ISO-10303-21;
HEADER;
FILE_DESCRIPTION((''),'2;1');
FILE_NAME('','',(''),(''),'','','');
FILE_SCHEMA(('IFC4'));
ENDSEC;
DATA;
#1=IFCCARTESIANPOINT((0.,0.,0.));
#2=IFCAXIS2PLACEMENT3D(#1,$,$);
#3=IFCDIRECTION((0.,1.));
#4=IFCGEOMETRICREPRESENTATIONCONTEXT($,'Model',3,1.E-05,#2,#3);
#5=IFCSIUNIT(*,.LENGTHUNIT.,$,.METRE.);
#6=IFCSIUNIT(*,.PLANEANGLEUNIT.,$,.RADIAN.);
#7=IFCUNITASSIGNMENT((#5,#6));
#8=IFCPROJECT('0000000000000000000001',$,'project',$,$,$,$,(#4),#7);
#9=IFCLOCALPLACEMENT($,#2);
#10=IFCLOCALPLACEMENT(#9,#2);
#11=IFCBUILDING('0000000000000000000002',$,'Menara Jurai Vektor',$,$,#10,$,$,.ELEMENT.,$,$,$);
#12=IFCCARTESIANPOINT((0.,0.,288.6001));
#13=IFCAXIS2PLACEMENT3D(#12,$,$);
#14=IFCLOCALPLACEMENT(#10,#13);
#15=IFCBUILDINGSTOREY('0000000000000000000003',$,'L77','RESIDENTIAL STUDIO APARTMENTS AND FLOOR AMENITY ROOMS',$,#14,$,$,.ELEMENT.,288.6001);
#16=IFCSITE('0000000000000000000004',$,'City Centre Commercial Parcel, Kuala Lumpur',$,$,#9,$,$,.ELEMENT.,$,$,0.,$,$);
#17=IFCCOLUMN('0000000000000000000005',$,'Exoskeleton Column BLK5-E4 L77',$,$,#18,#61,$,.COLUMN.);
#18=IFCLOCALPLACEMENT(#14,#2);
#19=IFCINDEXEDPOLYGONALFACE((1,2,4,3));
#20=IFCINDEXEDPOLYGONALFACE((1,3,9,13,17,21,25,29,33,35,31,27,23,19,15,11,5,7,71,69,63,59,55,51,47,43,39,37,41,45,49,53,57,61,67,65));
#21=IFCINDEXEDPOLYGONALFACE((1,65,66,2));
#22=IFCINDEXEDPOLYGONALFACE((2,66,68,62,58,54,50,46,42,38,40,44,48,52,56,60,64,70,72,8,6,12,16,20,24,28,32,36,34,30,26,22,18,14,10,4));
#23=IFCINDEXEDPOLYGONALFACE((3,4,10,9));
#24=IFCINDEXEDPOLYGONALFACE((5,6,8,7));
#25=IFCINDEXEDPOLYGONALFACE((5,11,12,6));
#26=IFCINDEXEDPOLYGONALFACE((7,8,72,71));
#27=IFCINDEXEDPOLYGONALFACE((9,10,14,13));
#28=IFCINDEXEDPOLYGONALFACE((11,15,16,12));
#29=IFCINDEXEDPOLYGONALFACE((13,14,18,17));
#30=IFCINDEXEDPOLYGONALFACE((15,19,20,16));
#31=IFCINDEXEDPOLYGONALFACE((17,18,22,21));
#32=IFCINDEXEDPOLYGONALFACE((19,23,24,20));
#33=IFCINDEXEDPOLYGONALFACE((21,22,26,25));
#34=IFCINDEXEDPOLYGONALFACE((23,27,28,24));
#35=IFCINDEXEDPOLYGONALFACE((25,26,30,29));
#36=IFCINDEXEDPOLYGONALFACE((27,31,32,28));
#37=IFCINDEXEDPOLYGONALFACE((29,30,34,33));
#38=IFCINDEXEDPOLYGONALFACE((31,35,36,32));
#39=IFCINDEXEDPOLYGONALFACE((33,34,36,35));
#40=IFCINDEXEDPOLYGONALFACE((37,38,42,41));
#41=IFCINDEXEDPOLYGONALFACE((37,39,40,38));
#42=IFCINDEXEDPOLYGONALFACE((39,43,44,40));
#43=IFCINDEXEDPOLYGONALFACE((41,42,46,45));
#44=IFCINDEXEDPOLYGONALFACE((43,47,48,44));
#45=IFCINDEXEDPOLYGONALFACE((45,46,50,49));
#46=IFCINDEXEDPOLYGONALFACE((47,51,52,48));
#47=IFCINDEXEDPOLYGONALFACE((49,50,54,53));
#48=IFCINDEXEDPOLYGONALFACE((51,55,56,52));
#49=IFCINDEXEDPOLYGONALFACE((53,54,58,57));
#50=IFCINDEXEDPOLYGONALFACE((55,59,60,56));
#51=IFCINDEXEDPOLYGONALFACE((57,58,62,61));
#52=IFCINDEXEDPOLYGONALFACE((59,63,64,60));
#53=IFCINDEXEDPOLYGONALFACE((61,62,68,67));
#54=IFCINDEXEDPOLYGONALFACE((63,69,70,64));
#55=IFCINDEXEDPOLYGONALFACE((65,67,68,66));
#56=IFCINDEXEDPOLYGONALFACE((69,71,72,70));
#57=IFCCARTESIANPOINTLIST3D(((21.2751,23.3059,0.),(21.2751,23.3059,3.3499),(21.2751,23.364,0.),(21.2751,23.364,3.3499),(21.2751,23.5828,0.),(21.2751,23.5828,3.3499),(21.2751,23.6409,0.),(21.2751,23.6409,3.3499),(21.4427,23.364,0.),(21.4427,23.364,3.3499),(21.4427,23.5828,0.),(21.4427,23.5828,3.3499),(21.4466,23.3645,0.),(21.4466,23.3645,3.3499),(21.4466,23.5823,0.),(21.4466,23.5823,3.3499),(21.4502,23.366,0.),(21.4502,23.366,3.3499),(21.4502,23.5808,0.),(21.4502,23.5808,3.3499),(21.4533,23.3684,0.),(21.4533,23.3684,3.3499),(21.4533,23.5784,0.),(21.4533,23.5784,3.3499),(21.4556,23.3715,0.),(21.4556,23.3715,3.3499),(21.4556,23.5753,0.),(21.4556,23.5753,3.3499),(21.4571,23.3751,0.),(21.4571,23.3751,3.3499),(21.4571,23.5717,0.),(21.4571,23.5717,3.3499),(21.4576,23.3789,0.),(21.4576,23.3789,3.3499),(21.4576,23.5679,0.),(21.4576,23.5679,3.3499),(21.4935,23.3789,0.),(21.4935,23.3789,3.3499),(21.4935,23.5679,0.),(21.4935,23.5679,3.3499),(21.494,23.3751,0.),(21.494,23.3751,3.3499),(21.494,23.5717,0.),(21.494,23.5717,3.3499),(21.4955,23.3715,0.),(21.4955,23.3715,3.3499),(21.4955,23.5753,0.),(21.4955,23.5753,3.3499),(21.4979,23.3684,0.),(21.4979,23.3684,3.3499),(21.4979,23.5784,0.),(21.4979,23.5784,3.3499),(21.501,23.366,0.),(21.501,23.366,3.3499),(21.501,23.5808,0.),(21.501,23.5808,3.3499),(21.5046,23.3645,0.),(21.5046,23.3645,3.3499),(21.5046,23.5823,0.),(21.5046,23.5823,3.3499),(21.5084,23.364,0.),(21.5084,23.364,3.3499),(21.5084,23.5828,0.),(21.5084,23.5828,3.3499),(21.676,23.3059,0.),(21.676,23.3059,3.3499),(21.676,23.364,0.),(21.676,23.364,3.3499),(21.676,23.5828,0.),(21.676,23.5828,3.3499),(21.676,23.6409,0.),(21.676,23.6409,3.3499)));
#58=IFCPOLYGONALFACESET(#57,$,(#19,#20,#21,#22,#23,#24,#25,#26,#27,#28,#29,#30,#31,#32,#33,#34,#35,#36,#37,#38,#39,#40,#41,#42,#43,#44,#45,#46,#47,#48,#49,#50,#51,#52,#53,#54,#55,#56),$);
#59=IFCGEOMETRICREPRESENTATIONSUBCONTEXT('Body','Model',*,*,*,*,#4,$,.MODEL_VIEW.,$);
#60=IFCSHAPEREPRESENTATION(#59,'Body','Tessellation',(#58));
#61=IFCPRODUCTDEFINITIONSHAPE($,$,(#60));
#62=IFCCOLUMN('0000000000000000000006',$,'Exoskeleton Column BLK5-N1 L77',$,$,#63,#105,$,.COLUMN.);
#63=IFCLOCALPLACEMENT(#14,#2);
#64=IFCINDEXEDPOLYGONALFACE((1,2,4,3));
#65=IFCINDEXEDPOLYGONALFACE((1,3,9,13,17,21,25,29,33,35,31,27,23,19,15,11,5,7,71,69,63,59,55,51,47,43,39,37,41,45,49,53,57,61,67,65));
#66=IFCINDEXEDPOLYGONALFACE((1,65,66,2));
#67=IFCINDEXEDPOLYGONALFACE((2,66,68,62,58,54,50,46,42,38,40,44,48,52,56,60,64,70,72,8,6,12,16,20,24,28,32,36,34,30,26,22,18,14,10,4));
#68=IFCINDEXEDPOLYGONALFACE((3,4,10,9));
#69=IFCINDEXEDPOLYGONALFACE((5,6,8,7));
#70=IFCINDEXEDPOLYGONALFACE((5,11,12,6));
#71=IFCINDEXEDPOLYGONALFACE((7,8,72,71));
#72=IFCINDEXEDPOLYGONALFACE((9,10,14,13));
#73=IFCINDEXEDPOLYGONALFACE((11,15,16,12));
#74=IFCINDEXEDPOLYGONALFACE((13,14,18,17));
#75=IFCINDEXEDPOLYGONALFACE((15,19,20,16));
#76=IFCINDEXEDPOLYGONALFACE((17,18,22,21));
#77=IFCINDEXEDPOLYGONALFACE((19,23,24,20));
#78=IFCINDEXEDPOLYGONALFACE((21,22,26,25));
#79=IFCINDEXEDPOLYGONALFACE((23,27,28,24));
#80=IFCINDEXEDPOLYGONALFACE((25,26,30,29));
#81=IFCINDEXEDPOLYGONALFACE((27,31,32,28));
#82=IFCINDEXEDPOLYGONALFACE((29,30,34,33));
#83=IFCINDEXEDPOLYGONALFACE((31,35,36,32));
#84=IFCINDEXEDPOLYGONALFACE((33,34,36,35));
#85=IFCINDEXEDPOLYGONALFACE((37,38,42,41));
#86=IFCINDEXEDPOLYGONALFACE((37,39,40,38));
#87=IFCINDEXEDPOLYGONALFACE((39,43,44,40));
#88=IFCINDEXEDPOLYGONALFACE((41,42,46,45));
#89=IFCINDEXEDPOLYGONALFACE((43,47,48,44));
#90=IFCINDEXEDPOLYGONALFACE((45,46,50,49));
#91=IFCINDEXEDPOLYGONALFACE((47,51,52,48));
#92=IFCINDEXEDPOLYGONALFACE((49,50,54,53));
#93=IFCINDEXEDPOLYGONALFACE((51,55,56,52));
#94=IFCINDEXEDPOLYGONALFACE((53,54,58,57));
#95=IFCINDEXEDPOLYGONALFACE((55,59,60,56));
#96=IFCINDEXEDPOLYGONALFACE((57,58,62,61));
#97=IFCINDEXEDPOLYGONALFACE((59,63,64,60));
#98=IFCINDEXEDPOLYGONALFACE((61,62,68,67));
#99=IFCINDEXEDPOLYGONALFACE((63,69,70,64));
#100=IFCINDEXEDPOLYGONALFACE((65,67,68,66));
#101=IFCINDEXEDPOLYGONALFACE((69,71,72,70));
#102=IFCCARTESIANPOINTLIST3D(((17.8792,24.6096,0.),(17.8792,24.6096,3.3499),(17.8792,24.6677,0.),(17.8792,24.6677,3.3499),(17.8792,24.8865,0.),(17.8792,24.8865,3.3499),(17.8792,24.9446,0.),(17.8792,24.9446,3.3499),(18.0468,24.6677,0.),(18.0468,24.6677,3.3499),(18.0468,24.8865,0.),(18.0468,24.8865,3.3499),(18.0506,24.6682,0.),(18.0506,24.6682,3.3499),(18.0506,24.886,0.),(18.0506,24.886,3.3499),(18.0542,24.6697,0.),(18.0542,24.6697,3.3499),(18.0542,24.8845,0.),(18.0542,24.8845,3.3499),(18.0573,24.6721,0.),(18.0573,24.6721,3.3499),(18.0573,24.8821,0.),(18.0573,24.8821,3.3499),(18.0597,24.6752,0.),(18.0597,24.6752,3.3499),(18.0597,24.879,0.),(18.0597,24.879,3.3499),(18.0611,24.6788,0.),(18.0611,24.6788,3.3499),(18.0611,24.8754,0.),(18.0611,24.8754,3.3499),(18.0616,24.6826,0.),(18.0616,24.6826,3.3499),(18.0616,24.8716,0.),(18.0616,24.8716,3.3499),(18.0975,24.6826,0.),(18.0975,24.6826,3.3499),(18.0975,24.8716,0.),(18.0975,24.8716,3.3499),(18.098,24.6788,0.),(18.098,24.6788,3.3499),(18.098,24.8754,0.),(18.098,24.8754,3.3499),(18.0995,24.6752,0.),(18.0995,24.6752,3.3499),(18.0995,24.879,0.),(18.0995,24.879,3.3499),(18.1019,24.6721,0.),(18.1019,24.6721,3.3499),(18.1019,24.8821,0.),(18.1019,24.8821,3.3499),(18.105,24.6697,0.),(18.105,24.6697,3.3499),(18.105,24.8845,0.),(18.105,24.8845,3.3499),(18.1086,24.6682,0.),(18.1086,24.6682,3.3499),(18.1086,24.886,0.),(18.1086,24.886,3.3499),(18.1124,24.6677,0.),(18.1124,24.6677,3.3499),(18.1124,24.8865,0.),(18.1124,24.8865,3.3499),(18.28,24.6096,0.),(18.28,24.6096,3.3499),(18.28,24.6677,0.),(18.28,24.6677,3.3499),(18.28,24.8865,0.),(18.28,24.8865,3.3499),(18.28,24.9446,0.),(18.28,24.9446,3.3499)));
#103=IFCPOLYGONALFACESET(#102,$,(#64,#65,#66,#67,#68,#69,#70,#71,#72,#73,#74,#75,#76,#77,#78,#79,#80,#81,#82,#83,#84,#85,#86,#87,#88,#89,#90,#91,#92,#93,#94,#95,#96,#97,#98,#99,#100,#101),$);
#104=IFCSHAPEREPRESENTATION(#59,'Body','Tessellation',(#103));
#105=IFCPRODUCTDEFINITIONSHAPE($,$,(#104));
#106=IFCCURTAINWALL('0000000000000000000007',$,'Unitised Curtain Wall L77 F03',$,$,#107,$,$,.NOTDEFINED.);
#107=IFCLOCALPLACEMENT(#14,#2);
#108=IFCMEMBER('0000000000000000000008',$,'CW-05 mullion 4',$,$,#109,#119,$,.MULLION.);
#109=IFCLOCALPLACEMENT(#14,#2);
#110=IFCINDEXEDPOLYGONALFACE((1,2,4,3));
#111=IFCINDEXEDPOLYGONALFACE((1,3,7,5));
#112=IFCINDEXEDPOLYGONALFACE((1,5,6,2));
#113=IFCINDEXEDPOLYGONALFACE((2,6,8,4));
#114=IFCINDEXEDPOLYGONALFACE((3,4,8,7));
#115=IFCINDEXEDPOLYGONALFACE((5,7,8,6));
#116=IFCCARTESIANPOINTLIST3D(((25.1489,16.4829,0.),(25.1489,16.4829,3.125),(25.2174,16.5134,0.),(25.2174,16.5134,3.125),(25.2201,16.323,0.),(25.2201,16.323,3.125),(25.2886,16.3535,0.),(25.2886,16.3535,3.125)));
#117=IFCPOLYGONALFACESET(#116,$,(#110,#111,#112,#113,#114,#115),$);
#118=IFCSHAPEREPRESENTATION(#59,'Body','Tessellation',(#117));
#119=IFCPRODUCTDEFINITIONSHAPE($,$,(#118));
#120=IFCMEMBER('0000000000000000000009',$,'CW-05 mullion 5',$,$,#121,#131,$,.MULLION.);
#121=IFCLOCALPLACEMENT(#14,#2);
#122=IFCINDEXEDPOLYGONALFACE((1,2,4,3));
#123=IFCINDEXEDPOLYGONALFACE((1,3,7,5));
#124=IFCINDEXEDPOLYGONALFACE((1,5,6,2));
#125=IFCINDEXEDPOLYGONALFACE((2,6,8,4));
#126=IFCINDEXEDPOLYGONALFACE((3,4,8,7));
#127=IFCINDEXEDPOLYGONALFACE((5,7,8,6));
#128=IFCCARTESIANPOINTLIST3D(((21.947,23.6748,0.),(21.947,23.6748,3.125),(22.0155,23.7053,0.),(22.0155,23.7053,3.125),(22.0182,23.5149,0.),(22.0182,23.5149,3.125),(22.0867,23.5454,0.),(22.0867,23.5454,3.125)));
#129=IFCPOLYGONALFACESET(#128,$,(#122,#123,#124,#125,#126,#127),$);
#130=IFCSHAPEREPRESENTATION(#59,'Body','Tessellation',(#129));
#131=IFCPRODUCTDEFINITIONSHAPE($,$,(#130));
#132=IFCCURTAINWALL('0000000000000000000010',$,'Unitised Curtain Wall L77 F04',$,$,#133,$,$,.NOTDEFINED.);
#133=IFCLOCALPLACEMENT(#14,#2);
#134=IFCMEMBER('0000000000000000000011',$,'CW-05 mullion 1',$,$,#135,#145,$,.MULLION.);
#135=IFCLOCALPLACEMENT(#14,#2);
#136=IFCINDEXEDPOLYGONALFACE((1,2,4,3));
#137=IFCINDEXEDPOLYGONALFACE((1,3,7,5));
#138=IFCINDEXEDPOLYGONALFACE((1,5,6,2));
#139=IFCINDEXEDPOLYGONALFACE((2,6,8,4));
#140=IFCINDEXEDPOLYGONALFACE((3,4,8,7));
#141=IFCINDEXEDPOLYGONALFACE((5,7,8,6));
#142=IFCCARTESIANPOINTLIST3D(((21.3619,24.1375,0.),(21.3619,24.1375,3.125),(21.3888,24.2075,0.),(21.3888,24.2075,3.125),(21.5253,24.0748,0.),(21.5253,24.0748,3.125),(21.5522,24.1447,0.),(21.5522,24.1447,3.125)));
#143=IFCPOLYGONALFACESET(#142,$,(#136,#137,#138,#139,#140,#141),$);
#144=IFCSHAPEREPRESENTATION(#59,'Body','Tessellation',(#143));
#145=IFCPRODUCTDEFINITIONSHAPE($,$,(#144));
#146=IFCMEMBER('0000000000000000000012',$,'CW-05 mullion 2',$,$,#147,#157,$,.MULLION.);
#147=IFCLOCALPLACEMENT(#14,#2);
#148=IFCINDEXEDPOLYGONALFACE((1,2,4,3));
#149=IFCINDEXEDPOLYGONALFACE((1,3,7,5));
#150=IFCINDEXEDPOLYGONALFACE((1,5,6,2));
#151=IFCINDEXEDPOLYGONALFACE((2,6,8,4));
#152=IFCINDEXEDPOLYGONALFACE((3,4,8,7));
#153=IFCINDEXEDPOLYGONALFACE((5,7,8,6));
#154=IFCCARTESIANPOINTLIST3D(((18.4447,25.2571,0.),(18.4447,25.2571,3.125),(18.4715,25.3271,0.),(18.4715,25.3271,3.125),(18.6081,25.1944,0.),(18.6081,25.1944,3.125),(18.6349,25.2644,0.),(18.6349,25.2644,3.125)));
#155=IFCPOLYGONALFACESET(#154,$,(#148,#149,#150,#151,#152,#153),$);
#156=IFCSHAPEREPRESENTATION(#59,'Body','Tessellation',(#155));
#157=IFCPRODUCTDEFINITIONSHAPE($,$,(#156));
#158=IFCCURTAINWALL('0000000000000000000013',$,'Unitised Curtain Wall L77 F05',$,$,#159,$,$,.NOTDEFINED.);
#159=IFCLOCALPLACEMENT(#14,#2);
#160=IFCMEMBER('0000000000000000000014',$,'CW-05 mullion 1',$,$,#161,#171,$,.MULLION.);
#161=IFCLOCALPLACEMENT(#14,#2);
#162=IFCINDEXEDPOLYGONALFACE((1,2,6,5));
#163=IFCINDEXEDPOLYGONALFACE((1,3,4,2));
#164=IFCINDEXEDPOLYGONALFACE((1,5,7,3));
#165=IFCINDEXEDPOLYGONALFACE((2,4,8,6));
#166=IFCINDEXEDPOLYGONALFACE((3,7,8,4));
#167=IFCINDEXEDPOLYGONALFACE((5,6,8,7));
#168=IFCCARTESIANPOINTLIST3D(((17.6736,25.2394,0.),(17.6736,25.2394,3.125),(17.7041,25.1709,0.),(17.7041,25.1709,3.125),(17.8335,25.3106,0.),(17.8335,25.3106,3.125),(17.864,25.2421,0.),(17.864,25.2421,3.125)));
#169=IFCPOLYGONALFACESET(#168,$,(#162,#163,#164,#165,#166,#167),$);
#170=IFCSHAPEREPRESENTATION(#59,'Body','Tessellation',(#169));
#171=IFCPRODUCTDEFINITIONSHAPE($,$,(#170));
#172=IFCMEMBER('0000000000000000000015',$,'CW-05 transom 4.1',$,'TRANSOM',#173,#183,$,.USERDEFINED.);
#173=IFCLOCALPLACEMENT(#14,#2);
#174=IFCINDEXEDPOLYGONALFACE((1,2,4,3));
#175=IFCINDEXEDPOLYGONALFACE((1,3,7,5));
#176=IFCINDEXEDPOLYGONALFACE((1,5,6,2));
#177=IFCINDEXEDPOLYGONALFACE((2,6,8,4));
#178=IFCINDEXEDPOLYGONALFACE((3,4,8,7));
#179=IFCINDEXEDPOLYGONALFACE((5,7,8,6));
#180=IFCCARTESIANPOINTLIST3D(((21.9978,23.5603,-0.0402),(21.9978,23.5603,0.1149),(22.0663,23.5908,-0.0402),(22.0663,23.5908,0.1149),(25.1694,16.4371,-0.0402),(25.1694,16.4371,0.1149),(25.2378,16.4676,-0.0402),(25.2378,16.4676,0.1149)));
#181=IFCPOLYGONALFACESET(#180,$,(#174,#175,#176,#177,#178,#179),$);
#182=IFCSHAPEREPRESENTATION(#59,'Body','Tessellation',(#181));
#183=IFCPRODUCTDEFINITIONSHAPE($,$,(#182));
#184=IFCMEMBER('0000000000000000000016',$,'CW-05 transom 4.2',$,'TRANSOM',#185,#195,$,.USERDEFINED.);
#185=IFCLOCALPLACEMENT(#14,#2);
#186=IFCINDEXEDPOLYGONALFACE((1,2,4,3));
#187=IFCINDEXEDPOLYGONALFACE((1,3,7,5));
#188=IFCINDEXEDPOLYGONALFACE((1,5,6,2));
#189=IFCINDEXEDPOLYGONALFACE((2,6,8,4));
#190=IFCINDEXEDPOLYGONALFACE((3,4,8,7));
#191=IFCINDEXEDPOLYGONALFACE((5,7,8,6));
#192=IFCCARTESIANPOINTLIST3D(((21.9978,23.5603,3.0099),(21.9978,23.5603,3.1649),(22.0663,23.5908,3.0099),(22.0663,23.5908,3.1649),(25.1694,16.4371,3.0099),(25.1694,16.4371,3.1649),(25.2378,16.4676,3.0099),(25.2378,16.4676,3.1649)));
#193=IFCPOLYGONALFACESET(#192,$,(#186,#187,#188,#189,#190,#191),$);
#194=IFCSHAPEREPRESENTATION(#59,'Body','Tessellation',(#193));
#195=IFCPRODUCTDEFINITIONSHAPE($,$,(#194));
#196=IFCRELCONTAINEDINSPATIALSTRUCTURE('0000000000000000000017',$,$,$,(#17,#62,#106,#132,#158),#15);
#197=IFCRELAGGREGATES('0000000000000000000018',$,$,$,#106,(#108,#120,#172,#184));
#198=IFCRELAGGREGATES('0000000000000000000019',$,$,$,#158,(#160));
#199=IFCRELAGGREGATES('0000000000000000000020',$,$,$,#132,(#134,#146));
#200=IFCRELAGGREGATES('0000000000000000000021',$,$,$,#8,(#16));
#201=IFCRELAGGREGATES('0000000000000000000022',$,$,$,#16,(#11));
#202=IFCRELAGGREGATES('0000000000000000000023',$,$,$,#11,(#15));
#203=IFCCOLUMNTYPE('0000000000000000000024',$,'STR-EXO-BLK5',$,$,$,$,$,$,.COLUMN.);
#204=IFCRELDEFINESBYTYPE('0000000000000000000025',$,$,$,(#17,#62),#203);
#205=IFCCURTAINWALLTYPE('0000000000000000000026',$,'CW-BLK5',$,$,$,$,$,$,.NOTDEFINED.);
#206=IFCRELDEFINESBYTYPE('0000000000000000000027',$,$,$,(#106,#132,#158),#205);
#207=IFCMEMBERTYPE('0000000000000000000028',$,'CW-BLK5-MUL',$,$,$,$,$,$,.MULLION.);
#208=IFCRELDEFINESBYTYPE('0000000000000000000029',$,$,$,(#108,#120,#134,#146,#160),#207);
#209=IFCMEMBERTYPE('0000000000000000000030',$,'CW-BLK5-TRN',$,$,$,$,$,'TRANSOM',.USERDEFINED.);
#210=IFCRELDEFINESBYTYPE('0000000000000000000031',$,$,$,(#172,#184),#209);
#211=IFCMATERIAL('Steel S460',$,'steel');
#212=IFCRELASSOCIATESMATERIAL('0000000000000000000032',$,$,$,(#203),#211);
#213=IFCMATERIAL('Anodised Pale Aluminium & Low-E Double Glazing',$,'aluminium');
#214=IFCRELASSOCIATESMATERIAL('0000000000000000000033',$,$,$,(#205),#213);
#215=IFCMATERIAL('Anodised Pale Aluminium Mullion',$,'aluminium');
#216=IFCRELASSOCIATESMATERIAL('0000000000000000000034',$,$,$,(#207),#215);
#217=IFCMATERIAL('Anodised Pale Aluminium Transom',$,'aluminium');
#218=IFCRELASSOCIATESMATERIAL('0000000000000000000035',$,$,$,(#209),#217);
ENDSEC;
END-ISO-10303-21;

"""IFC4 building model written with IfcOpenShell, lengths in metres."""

from ifc_helpers import new_model, si_unit, direction, frame, origin, origin_2d, place, context, subcontext, project, spatial, rectangle, i_section, extrude, material, material_profile, profile_set, type_object, element, aggregate, save


model = new_model("IFC4")

# Units and contexts
model_context = context("Model", 3, precision=1e-05, world=origin(), true_north=direction((0.0, 1.0)))
body_context = subcontext(model_context, "Body", "Model", "MODEL_VIEW")
ifc_project = project(units=[si_unit("LENGTHUNIT", "METRE"), si_unit("PLANEANGLEUNIT", "RADIAN")], contexts=[model_context])

# Site, building, storey
site_placement = place(None, origin())
site = spatial("IfcSite", under=ifc_project, at=site_placement, Name="City Centre Commercial Parcel, Kuala Lumpur", CompositionType="ELEMENT", RefElevation=0.0)
building_placement = place(site_placement, origin())
building = spatial("IfcBuilding", under=site, at=building_placement, Name="Menara Jurai Vektor", CompositionType="ELEMENT")
storey_placement = place(building_placement, frame((0.0, 0.0, 288.6001)))
storey = spatial("IfcBuildingStorey", under=building, at=storey_placement, Name="L77", Description="RESIDENTIAL STUDIO APARTMENTS AND FLOOR AMENITY ROOMS", CompositionType="ELEMENT", Elevation=288.6001)

# Columns
ifc_material_1 = material(Name="Steel S460", Category="steel")
ifc_material_profile_1 = material_profile(ifc_material_1, i_section(OverallWidth=0.4009, OverallDepth=0.335, WebThickness=0.0359, FlangeThickness=0.0581, FilletRadius=0.0149, at=origin_2d()), Name="HD 400x463")
ifc_profile_set_1 = profile_set([ifc_material_profile_1], Name="Steel S460")
column_type = type_object("IfcColumnType", Name="STR-EXO-BLK5", PredefinedType="COLUMN", material=ifc_profile_set_1)
for number, where, z_axis, x_axis, name in (
    (1, (21.4756, 23.4734, 0.0), (0.0, 0.0, 1.0), (1.0, 0.0, 0.0), "Exoskeleton Column BLK5-E4 L77"),
    (2, (18.0796, 24.7771, 0.0), (0.0, 0.0, 1.0), (1.0, 0.0, 0.0), "Exoskeleton Column BLK5-N1 L77"),
):
    element("IfcColumn", number, at=place(storey_placement, frame(where, z_axis=z_axis, x_axis=x_axis)), inside=storey, type_object=column_type, Name=name, PredefinedType="COLUMN", context=body_context, shape_type="SweptSolid", body=[
        extrude(i_section(OverallWidth=0.4009, OverallDepth=0.335, WebThickness=0.0359, FlangeThickness=0.0581, FilletRadius=0.0149, at=origin_2d()), origin(), (0.0, 0.0, 1.0), 3.3499),
    ])

# Curtain walls, members
ifc_material_2 = material(Name="Anodised Pale Aluminium & Low-E Double Glazing", Category="aluminium")
curtain_wall_type = type_object("IfcCurtainWallType", Name="CW-BLK5", PredefinedType="NOTDEFINED", material=ifc_material_2)
curtain_wall_1_placement = place(storey_placement, origin())
curtain_wall_1 = element("IfcCurtainWall", 3, at=curtain_wall_1_placement, inside=storey, type_object=curtain_wall_type, Name="Unitised Curtain Wall L77 F03", PredefinedType="NOTDEFINED")
ifc_material_3 = material(Name="Anodised Pale Aluminium Mullion", Category="aluminium")
ifc_material_profile_2 = material_profile(ifc_material_3, rectangle(XDim=0.075, YDim=0.175, at=origin_2d()), Name="ALU MUL 75x175")
ifc_profile_set_2 = profile_set([ifc_material_profile_2], Name="Anodised Pale Aluminium Mullion")
member_type_1 = type_object("IfcMemberType", Name="CW-BLK5-MUL", PredefinedType="MULLION", material=ifc_profile_set_2)
member_1_placement = place(storey_placement, frame((25.2188, 16.4182, 0.0), z_axis=(0.0, 0.0, 1.0), x_axis=(-0.913546, -0.406735, 0.0)))
member_1 = element("IfcMember", 4, at=member_1_placement, type_object=member_type_1, Name="CW-05 mullion 4", PredefinedType="MULLION", context=body_context, shape_type="SweptSolid", body=[
    extrude(rectangle(XDim=0.075, YDim=0.175, at=origin_2d()), origin(), (0.0, 0.0, 1.0), 3.125),
])
member_2_placement = place(storey_placement, frame((22.0168, 23.6101, 0.0), z_axis=(0.0, 0.0, 1.0), x_axis=(-0.913546, -0.406735, 0.0)))
member_2 = element("IfcMember", 5, at=member_2_placement, type_object=member_type_1, Name="CW-05 mullion 5", PredefinedType="MULLION", context=body_context, shape_type="SweptSolid", body=[
    extrude(rectangle(XDim=0.075, YDim=0.175, at=origin_2d()), origin(), (0.0, 0.0, 1.0), 3.125),
])
curtain_wall_2_placement = place(storey_placement, origin())
curtain_wall_2 = element("IfcCurtainWall", 6, at=curtain_wall_2_placement, inside=storey, type_object=curtain_wall_type, Name="Unitised Curtain Wall L77 F04", PredefinedType="NOTDEFINED")
member_3_placement = place(storey_placement, frame((21.457, 24.1411, 0.0), z_axis=(0.0, 0.0, 1.0), x_axis=(-0.358374, -0.933578, 0.0)))
member_3 = element("IfcMember", 7, at=member_3_placement, type_object=member_type_1, Name="CW-05 mullion 1", PredefinedType="MULLION", context=body_context, shape_type="SweptSolid", body=[
    extrude(rectangle(XDim=0.075, YDim=0.175, at=origin_2d()), origin(), (0.0, 0.0, 1.0), 3.125),
])
member_4_placement = place(storey_placement, frame((18.5398, 25.2607, 0.0), z_axis=(0.0, 0.0, 1.0), x_axis=(-0.358374, -0.933578, 0.0)))
member_4 = element("IfcMember", 8, at=member_4_placement, type_object=member_type_1, Name="CW-05 mullion 2", PredefinedType="MULLION", context=body_context, shape_type="SweptSolid", body=[
    extrude(rectangle(XDim=0.075, YDim=0.175, at=origin_2d()), origin(), (0.0, 0.0, 1.0), 3.125),
])

# Curtain wall, member
curtain_wall_3_placement = place(storey_placement, origin())
curtain_wall_3 = element("IfcCurtainWall", 9, at=curtain_wall_3_placement, inside=storey, type_object=curtain_wall_type, Name="Unitised Curtain Wall L77 F05", PredefinedType="NOTDEFINED")
member_5_placement = place(storey_placement, frame((17.7688, 25.2407, 0.0), z_axis=(0.0, 0.0, 1.0), x_axis=(0.406735, -0.913546, 0.0)))
member_5 = element("IfcMember", 10, at=member_5_placement, type_object=member_type_1, Name="CW-05 mullion 1", PredefinedType="MULLION", context=body_context, shape_type="SweptSolid", body=[
    extrude(rectangle(XDim=0.075, YDim=0.175, at=origin_2d()), origin(), (0.0, 0.0, 1.0), 3.125),
])

# Members
ifc_material_4 = material(Name="Anodised Pale Aluminium Transom", Category="aluminium")
ifc_material_profile_3 = material_profile(ifc_material_4, rectangle(XDim=0.075, YDim=0.155, at=origin_2d()), Name="ALU TRN 75x155")
ifc_profile_set_3 = profile_set([ifc_material_profile_3], Name="Anodised Pale Aluminium Transom")
member_type_2 = type_object("IfcMemberType", Name="CW-BLK5-TRN", ElementType="TRANSOM", PredefinedType="USERDEFINED", material=ifc_profile_set_3)
member_6_placement = place(storey_placement, frame((25.2036, 16.4524, 0.0374), z_axis=(-0.406751, 0.913539, 0.0), x_axis=(-0.913539, -0.406751, 0.0)))
member_6 = element("IfcMember", 11, at=member_6_placement, type_object=member_type_2, Name="CW-05 transom 4.1", ObjectType="TRANSOM", PredefinedType="USERDEFINED", context=body_context, shape_type="SweptSolid", body=[
    extrude(rectangle(XDim=0.075, YDim=0.155, at=origin_2d()), origin(), (0.0, 0.0, 1.0), 7.7974),
])
member_7_placement = place(storey_placement, frame((25.2036, 16.4524, 3.0874), z_axis=(-0.406751, 0.913539, 0.0), x_axis=(-0.913539, -0.406751, 0.0)))
member_7 = element("IfcMember", 12, at=member_7_placement, type_object=member_type_2, Name="CW-05 transom 4.2", ObjectType="TRANSOM", PredefinedType="USERDEFINED", context=body_context, shape_type="SweptSolid", body=[
    extrude(rectangle(XDim=0.075, YDim=0.155, at=origin_2d()), origin(), (0.0, 0.0, 1.0), 7.7974),
])

aggregate(curtain_wall_1, [member_1, member_2, member_6, member_7])
aggregate(curtain_wall_3, [member_5])
aggregate(curtain_wall_2, [member_3, member_4])

save(model, "model.ifc")
